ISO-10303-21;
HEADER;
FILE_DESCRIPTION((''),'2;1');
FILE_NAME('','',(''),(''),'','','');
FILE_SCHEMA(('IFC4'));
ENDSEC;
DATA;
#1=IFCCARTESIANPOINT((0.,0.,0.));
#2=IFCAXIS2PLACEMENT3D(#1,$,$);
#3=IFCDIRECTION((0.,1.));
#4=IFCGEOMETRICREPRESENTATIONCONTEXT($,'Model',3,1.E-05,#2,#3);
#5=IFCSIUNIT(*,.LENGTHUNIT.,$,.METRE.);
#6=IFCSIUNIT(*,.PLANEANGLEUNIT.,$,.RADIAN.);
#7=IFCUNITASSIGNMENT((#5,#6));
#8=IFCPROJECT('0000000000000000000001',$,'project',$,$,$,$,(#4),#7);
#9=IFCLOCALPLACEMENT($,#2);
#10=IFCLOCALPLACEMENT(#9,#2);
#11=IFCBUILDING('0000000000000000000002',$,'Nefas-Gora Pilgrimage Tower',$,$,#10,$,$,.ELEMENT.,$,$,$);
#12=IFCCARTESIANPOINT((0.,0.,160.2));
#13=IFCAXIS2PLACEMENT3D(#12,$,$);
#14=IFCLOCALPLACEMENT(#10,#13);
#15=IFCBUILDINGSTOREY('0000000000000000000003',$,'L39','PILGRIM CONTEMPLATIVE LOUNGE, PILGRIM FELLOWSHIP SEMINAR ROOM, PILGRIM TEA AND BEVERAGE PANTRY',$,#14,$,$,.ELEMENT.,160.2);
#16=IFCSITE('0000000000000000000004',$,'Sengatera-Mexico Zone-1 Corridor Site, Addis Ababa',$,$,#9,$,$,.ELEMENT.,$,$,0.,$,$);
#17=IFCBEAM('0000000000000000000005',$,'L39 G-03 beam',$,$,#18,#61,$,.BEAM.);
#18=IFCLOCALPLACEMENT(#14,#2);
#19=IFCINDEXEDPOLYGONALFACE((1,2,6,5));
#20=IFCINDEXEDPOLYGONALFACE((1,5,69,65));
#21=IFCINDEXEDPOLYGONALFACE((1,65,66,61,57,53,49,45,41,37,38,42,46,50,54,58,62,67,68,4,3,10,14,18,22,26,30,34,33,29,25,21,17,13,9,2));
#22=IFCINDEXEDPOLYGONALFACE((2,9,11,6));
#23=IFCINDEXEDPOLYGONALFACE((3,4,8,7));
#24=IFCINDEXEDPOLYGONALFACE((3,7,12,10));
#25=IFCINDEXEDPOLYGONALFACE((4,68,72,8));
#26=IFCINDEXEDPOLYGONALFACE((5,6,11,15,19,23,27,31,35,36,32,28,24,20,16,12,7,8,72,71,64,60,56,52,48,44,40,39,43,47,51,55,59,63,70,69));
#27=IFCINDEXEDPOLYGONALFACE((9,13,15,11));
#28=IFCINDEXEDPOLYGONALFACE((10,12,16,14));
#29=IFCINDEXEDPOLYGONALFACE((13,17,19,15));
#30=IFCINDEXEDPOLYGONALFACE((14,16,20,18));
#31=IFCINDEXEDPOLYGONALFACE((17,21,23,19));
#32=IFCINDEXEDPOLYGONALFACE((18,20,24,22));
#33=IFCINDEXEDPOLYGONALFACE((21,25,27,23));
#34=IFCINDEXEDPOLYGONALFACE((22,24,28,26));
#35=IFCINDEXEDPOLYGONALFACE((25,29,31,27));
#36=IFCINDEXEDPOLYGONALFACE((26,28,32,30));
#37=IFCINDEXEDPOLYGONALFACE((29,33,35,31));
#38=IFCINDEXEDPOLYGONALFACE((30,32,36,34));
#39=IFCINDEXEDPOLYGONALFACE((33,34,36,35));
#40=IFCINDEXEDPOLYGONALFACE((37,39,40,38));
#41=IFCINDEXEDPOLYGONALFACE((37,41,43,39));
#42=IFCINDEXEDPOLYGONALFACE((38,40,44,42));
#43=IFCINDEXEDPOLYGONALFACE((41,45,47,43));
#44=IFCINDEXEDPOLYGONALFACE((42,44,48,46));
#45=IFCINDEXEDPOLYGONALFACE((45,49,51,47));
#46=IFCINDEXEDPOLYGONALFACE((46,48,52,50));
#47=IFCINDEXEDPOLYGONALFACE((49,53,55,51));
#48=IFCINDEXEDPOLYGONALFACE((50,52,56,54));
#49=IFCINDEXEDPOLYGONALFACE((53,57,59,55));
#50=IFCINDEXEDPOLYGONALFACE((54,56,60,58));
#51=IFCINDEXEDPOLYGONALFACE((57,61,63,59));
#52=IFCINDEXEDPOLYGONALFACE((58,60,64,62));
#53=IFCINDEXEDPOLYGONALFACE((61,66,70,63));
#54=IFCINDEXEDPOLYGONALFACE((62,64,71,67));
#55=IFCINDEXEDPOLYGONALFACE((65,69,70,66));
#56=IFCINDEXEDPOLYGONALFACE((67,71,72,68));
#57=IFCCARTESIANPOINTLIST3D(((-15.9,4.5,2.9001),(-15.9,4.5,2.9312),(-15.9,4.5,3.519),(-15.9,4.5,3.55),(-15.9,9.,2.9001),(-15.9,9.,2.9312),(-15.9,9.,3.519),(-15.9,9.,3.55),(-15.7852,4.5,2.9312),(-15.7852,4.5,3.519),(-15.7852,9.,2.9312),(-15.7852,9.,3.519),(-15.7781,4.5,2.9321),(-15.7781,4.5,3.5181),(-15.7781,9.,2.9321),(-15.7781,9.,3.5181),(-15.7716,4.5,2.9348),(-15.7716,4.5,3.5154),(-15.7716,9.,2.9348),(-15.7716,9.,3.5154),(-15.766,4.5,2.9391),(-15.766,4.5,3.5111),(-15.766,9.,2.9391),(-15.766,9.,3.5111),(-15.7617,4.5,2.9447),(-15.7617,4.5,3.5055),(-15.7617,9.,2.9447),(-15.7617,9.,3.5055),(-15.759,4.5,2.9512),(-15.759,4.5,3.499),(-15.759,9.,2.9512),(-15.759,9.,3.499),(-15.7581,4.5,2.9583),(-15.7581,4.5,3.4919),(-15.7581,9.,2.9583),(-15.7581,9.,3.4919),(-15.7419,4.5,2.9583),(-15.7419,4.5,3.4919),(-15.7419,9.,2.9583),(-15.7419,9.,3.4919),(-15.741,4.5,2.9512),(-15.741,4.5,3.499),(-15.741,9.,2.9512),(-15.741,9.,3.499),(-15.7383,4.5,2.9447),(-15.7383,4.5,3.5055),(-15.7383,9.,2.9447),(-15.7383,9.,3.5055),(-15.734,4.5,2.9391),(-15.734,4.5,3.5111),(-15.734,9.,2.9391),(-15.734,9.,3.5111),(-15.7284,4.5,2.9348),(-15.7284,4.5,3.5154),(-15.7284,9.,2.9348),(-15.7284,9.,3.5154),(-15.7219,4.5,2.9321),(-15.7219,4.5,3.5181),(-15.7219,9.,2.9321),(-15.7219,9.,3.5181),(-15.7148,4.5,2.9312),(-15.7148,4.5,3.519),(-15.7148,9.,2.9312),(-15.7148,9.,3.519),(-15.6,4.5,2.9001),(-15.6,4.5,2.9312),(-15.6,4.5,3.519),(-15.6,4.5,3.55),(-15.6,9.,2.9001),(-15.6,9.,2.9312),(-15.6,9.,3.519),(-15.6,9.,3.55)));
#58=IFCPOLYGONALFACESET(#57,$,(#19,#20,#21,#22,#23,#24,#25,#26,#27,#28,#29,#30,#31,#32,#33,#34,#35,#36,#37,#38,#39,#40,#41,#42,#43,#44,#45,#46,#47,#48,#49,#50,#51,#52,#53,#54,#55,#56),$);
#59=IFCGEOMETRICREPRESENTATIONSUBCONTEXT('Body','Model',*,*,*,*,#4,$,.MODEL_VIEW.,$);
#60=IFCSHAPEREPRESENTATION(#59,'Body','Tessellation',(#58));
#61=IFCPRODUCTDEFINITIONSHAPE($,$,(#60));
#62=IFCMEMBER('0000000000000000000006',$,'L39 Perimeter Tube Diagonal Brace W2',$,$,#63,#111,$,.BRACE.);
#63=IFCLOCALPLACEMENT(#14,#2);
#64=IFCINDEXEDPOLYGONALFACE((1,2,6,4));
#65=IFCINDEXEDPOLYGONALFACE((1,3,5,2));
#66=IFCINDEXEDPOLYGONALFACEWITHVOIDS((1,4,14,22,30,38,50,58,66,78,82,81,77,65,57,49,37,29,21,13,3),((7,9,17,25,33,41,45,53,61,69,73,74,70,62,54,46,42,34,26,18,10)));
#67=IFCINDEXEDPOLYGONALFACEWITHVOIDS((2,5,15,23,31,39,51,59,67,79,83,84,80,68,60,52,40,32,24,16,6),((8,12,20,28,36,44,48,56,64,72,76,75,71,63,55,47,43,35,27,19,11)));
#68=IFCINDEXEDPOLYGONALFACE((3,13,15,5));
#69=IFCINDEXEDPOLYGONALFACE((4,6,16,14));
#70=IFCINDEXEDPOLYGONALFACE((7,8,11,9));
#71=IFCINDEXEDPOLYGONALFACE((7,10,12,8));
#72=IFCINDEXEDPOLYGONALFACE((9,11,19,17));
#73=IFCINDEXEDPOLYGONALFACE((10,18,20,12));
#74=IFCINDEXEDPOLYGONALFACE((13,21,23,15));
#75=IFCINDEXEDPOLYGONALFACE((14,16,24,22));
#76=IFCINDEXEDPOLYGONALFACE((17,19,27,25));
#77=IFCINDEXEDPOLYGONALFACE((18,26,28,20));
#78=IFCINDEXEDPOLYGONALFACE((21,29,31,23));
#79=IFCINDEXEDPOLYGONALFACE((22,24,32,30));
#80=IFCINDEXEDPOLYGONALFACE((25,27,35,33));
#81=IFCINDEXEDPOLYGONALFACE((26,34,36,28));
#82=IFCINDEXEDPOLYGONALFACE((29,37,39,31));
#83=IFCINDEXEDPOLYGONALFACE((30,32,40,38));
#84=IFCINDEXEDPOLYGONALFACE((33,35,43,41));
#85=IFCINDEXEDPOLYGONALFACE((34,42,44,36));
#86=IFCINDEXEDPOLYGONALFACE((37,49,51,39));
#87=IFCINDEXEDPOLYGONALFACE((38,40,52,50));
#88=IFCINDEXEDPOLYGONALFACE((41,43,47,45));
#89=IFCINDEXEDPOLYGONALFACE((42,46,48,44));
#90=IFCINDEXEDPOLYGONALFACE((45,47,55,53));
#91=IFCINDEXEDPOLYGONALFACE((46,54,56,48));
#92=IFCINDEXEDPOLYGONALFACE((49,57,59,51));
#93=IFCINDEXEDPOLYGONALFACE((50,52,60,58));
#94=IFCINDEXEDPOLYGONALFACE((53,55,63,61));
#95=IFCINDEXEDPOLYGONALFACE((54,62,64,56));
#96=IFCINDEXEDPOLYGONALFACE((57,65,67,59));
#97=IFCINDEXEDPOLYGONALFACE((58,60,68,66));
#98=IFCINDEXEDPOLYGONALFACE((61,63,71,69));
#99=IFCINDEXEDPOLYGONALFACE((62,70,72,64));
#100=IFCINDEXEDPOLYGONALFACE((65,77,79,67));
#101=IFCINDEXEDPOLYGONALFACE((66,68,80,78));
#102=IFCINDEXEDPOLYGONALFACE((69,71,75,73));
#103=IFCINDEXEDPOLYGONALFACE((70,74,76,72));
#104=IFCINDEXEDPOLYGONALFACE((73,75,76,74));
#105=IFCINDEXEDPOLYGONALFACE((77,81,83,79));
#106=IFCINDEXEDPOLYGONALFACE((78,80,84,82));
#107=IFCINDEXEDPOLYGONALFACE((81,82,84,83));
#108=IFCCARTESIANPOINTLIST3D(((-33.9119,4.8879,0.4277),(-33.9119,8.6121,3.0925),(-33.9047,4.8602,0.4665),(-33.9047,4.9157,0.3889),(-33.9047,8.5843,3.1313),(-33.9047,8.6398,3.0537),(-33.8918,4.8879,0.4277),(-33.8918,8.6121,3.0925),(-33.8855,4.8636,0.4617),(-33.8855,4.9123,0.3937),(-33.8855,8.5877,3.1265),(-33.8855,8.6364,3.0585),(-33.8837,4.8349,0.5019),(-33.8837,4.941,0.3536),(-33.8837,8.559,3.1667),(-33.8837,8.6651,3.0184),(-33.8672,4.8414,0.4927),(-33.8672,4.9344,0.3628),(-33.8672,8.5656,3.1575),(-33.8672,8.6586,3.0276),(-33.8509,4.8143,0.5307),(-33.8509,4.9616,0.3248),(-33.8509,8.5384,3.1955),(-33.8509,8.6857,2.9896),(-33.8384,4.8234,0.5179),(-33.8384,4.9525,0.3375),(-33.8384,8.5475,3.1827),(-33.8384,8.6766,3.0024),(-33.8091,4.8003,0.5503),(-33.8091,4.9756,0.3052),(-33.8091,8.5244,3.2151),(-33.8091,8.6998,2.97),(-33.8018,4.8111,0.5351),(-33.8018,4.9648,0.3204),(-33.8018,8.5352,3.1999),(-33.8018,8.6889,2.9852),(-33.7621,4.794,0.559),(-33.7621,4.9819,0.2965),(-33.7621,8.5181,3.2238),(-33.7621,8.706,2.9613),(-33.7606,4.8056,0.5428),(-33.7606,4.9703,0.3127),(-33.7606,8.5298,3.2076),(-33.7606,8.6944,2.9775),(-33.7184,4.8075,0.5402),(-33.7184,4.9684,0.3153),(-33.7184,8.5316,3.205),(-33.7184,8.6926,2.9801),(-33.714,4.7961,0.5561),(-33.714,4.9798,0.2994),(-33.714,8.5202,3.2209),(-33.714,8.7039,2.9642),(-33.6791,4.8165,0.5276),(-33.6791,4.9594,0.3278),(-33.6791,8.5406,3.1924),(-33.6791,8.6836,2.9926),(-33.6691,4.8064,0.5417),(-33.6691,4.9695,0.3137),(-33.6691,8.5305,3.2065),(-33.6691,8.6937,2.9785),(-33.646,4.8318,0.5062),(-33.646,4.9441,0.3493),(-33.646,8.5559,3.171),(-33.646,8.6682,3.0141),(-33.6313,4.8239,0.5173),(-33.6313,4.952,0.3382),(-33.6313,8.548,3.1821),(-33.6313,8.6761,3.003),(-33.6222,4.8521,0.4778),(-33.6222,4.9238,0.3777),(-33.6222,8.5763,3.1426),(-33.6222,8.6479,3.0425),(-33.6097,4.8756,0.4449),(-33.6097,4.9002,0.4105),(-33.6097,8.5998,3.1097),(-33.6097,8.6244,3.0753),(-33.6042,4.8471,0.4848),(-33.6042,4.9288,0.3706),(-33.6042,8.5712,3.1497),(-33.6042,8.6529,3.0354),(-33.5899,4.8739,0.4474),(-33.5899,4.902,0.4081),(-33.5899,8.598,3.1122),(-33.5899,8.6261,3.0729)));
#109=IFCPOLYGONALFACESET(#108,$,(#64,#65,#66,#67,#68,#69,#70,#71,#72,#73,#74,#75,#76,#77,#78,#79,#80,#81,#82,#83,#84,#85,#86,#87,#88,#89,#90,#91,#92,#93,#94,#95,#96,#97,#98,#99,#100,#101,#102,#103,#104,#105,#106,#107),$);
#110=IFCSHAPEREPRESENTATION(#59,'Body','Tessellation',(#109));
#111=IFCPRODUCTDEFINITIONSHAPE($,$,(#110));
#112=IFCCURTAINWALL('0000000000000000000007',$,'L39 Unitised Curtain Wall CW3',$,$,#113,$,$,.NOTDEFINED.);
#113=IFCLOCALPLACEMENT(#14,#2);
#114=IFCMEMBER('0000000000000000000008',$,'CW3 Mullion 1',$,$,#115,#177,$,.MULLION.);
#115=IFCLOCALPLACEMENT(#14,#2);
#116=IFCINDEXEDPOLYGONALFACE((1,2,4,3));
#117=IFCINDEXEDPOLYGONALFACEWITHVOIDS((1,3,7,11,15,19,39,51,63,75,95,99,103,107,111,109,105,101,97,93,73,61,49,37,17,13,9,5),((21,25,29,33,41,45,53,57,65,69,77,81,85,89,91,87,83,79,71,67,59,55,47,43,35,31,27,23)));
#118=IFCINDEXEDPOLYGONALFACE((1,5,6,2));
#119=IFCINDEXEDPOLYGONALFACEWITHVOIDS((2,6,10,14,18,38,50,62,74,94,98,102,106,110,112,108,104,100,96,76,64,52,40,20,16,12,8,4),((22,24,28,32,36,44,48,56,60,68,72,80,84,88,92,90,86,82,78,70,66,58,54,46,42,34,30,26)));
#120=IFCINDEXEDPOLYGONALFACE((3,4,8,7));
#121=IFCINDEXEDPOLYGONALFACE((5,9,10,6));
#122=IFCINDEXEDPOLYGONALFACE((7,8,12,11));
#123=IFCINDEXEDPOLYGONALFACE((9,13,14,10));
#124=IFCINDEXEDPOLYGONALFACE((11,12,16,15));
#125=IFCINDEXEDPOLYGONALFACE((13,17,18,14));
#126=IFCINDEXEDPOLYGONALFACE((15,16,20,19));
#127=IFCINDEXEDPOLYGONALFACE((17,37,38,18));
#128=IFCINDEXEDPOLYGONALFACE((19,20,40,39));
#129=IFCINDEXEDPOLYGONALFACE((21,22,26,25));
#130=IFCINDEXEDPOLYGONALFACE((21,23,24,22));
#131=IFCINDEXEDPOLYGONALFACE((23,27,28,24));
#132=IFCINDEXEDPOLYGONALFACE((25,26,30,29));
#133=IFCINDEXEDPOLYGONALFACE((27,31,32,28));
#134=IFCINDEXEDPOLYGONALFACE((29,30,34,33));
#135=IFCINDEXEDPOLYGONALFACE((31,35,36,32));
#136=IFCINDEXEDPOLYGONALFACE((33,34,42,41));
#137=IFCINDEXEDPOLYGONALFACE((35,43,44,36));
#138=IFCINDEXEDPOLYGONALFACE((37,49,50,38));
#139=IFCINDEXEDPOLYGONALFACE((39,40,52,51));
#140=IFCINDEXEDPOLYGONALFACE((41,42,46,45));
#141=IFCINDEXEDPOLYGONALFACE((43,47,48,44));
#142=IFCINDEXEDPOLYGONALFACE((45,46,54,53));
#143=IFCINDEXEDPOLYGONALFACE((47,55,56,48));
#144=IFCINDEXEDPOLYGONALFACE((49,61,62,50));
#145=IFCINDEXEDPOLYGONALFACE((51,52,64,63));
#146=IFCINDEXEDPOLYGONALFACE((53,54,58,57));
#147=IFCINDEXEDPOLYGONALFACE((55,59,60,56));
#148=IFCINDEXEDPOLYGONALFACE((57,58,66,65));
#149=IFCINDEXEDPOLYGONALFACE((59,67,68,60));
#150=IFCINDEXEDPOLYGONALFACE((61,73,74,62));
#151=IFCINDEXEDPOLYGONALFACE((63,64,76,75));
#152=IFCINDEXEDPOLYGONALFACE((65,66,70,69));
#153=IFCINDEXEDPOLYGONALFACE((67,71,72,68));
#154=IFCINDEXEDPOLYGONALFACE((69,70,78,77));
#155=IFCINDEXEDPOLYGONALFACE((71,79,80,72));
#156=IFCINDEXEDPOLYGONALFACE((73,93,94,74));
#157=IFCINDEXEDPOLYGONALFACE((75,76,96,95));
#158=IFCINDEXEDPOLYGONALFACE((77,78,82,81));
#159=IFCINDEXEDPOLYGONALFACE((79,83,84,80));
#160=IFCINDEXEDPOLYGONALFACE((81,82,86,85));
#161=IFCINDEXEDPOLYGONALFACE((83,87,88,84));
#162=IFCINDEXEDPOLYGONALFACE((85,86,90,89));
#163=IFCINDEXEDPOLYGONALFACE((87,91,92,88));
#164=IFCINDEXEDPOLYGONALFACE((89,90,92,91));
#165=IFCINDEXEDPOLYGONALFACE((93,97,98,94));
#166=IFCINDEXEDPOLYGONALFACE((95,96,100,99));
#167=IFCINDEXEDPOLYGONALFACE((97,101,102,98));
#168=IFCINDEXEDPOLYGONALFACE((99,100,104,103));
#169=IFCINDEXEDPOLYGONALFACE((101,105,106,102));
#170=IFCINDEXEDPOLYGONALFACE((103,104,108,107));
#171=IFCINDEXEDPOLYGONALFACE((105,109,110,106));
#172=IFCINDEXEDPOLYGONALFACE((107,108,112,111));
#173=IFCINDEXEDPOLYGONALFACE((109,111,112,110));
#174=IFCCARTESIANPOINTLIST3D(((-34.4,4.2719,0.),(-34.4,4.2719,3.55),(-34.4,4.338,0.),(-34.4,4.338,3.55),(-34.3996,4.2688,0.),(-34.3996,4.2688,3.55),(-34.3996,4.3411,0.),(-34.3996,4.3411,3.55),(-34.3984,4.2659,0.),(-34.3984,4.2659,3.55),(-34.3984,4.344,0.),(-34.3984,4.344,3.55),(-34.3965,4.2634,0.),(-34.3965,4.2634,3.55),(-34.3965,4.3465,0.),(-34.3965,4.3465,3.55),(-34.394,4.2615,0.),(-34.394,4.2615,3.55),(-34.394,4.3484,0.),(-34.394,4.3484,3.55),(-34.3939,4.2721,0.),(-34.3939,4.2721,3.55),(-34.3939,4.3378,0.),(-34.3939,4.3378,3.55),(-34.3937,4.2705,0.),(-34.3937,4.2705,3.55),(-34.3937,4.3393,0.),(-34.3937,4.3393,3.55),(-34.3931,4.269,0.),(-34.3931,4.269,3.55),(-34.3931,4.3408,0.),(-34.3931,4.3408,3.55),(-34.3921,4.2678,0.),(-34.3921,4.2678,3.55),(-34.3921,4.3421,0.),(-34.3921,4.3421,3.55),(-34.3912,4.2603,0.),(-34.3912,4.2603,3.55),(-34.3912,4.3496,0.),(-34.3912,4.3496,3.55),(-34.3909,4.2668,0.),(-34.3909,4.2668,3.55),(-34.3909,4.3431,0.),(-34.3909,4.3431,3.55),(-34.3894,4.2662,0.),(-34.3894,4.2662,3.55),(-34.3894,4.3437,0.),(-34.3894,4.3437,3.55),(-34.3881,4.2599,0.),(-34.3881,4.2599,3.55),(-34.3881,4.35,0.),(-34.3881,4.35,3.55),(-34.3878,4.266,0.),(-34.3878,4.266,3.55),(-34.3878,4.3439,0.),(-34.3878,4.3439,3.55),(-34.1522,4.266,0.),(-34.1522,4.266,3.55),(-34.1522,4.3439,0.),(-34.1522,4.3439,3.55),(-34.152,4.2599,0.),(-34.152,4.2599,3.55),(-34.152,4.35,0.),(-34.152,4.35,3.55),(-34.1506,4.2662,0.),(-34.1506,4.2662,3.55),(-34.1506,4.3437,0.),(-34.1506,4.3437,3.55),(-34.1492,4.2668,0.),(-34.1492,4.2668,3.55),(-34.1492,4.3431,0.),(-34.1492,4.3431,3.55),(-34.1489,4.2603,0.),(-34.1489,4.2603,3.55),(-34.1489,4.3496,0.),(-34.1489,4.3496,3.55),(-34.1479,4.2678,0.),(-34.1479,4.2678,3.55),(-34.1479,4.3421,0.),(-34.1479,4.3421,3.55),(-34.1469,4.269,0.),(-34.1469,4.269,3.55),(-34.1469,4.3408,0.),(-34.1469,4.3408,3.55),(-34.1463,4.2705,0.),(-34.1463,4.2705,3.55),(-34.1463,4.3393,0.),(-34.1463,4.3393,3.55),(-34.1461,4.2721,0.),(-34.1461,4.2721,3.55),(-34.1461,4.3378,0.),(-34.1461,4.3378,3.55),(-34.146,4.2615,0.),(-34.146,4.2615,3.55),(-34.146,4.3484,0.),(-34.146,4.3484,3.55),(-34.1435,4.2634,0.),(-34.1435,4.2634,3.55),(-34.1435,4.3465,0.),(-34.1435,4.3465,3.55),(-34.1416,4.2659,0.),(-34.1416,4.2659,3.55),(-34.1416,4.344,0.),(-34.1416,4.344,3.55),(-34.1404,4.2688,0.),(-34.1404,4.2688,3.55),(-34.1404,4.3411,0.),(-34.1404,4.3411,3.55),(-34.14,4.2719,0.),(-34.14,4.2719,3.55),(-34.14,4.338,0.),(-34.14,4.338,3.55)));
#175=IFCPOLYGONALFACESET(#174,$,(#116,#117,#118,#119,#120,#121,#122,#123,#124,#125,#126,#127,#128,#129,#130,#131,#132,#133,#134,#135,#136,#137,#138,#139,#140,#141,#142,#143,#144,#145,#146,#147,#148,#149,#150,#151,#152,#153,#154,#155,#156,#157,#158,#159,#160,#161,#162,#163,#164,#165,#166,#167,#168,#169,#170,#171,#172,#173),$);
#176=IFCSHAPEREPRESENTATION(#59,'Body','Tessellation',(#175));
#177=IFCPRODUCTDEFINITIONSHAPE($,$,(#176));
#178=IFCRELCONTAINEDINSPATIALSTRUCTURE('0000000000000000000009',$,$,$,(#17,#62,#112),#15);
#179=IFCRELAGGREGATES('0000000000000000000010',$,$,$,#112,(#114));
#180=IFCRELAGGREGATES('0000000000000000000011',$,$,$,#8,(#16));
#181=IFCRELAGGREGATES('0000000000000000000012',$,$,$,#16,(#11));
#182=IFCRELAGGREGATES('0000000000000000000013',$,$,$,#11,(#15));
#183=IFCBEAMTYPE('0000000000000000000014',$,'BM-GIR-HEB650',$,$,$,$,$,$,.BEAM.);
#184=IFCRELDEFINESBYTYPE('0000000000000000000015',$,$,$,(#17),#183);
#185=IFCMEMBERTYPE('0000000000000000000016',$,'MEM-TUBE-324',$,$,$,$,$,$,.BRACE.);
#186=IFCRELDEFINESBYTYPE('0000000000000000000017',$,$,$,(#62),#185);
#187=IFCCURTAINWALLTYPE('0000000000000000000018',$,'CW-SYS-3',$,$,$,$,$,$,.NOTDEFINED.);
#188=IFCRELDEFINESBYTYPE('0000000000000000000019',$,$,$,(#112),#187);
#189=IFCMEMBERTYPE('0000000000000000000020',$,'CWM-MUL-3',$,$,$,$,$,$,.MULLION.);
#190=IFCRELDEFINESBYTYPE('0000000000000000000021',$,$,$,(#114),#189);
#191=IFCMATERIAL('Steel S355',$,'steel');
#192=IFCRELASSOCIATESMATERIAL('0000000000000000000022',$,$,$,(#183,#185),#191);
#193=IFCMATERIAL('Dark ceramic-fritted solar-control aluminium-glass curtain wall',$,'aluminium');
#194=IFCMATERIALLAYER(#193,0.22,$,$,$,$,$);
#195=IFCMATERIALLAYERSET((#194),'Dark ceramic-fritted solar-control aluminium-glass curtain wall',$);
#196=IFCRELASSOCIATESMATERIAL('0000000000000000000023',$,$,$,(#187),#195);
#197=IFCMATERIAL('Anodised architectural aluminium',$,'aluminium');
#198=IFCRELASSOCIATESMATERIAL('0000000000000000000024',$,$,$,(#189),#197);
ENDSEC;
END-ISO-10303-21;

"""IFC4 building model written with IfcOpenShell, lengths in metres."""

from ifc_helpers import new_model, si_unit, direction, frame, origin, origin_2d, place, context, subcontext, project, spatial, hollow_rectangle, hollow_circle, i_section, extrude, source, transform, mapped, material, layer, layer_set, material_profile, profile_set, type_object, element, aggregate, save


model = new_model("IFC4")

# Units and contexts
model_context = context("Model", 3, precision=1e-05, world=origin(), true_north=direction((0.0, 1.0)))
body_context = subcontext(model_context, "Body", "Model", "MODEL_VIEW")
ifc_project = project(units=[si_unit("LENGTHUNIT", "METRE"), si_unit("PLANEANGLEUNIT", "RADIAN")], contexts=[model_context])

# Site, building, storey
site_placement = place(None, origin())
site = spatial("IfcSite", under=ifc_project, at=site_placement, Name="Sengatera-Mexico Zone-1 Corridor Site, Addis Ababa", CompositionType="ELEMENT", RefElevation=0.0)
building_placement = place(site_placement, origin())
building = spatial("IfcBuilding", under=site, at=building_placement, Name="Nefas-Gora Pilgrimage Tower", CompositionType="ELEMENT")
storey_placement = place(building_placement, frame((0.0, 0.0, 160.2)))
storey = spatial("IfcBuildingStorey", under=building, at=storey_placement, Name="L39", Description="PILGRIM CONTEMPLATIVE LOUNGE, PILGRIM FELLOWSHIP SEMINAR ROOM, PILGRIM TEA AND BEVERAGE PANTRY", CompositionType="ELEMENT", Elevation=160.2)

# Beam
ifc_material_1 = material(Name="Steel S355", Category="steel")
ifc_material_profile_1 = material_profile(ifc_material_1, i_section(OverallWidth=0.3, OverallDepth=0.6499, WebThickness=0.0161, FlangeThickness=0.031, FilletRadius=0.0271, at=origin_2d()), Name="HEB 650")
ifc_profile_set_1 = profile_set([ifc_material_profile_1], Name="Steel S355")
beam_type_1 = type_object("IfcBeamType", Name="BM-GIR-HEB650", PredefinedType="BEAM", material=ifc_profile_set_1)
shared_shape_1 = source(origin(), body_context, "Body", "SweptSolid", [
    extrude(i_section(OverallWidth=0.3, OverallDepth=0.6499, WebThickness=0.0161, FlangeThickness=0.031, FilletRadius=0.0271, at=origin_2d()), origin(), (0.0, 0.0, 1.0), 4.5),
])
for number, where, z_axis, x_axis, name in (
    (1, (-15.75, 4.5, 3.2251), (0.0, 1.0, 0.0), (-1.0, 0.0, 0.0), "L39 G-03 beam"),
):
    element("IfcBeam", number, at=place(storey_placement, frame(where, z_axis=z_axis, x_axis=x_axis)), inside=storey, type_object=beam_type_1, Name=name, PredefinedType="BEAM", context=body_context, shape_type="MappedRepresentation", body=[
        mapped(shared_shape_1, transform((0.0, 0.0, 0.0), x_axis=(1.0, 0.0, 0.0), y_axis=(0.0, 1.0, 0.0), z_axis=(0.0, 0.0, 1.0), scale=1.0)),
    ])

# Member
ifc_material_profile_2 = material_profile(ifc_material_1, hollow_circle(Radius=0.1619, WallThickness=0.02, at=origin_2d()), Name="CHS 323.9x20")
ifc_profile_set_2 = profile_set([ifc_material_profile_2], Name="Steel S355")
member_type_1 = type_object("IfcMemberType", Name="MEM-TUBE-324", PredefinedType="BRACE", material=ifc_profile_set_2)
shared_shape_2 = source(origin(), body_context, "Body", "SweptSolid", [
    extrude(hollow_circle(Radius=0.1619, WallThickness=0.02, at=origin_2d()), origin(), (0.0, 0.0, 1.0), 4.5793),
])
member_1_placement = place(storey_placement, frame((-33.75, 4.8879, 0.4277), z_axis=(0.0, 0.813247, 0.581919), x_axis=(-1.0, 0.0, 0.0)))
element("IfcMember", 2, at=member_1_placement, inside=storey, type_object=member_type_1, Name="L39 Perimeter Tube Diagonal Brace W2", PredefinedType="BRACE", context=body_context, shape_type="MappedRepresentation", body=[
    mapped(shared_shape_2, transform((0.0, 0.0, 0.0), x_axis=(1.0, 0.0, 0.0), y_axis=(0.0, 1.0, 0.0), z_axis=(0.0, 0.0, 1.0), scale=1.0)),
])

# Curtain wall, member
ifc_material_2 = material(Name="Dark ceramic-fritted solar-control aluminium-glass curtain wall", Category="aluminium")
ifc_layer_1 = layer(ifc_material_2, 0.22)
ifc_layer_set_1 = layer_set([ifc_layer_1], Name="Dark ceramic-fritted solar-control aluminium-glass curtain wall")
curtain_wall_type = type_object("IfcCurtainWallType", Name="CW-SYS-3", PredefinedType="NOTDEFINED", material=ifc_layer_set_1)
curtain_wall_placement = place(storey_placement, origin())
curtain_wall = element("IfcCurtainWall", 3, at=curtain_wall_placement, inside=storey, type_object=curtain_wall_type, Name="L39 Unitised Curtain Wall CW3", PredefinedType="NOTDEFINED")
ifc_material_3 = material(Name="Anodised architectural aluminium", Category="aluminium")
ifc_material_profile_3 = material_profile(ifc_material_3, hollow_rectangle(XDim=0.0901, YDim=0.26, WallThickness=0.0061, InnerFilletRadius=0.0061, OuterFilletRadius=0.012, at=origin_2d()), Name="ALU MULLION 90x260")
ifc_profile_set_3 = profile_set([ifc_material_profile_3], Name="Anodised architectural aluminium")
member_type_2 = type_object("IfcMemberType", Name="CWM-MUL-3", PredefinedType="MULLION", material=ifc_profile_set_3)
shared_shape_3 = source(origin(), body_context, "Body", "SweptSolid", [
    extrude(hollow_rectangle(XDim=0.0901, YDim=0.26, WallThickness=0.0061, InnerFilletRadius=0.0061, OuterFilletRadius=0.012, at=origin_2d()), origin(), (0.0, 0.0, 1.0), 3.55),
])
member_2_placement = place(storey_placement, frame((-34.27, 4.3049, 0.0), z_axis=(0.0, 0.0, 1.0), x_axis=(0.0, -1.0, 0.0)))
member_2 = element("IfcMember", 4, at=member_2_placement, type_object=member_type_2, Name="CW3 Mullion 1", PredefinedType="MULLION", context=body_context, shape_type="MappedRepresentation", body=[
    mapped(shared_shape_3, transform((0.0, 0.0, 0.0), x_axis=(1.0, 0.0, 0.0), y_axis=(0.0, 1.0, 0.0), z_axis=(0.0, 0.0, 1.0), scale=1.0)),
])
aggregate(curtain_wall, [member_2])

save(model, "model.ifc")
